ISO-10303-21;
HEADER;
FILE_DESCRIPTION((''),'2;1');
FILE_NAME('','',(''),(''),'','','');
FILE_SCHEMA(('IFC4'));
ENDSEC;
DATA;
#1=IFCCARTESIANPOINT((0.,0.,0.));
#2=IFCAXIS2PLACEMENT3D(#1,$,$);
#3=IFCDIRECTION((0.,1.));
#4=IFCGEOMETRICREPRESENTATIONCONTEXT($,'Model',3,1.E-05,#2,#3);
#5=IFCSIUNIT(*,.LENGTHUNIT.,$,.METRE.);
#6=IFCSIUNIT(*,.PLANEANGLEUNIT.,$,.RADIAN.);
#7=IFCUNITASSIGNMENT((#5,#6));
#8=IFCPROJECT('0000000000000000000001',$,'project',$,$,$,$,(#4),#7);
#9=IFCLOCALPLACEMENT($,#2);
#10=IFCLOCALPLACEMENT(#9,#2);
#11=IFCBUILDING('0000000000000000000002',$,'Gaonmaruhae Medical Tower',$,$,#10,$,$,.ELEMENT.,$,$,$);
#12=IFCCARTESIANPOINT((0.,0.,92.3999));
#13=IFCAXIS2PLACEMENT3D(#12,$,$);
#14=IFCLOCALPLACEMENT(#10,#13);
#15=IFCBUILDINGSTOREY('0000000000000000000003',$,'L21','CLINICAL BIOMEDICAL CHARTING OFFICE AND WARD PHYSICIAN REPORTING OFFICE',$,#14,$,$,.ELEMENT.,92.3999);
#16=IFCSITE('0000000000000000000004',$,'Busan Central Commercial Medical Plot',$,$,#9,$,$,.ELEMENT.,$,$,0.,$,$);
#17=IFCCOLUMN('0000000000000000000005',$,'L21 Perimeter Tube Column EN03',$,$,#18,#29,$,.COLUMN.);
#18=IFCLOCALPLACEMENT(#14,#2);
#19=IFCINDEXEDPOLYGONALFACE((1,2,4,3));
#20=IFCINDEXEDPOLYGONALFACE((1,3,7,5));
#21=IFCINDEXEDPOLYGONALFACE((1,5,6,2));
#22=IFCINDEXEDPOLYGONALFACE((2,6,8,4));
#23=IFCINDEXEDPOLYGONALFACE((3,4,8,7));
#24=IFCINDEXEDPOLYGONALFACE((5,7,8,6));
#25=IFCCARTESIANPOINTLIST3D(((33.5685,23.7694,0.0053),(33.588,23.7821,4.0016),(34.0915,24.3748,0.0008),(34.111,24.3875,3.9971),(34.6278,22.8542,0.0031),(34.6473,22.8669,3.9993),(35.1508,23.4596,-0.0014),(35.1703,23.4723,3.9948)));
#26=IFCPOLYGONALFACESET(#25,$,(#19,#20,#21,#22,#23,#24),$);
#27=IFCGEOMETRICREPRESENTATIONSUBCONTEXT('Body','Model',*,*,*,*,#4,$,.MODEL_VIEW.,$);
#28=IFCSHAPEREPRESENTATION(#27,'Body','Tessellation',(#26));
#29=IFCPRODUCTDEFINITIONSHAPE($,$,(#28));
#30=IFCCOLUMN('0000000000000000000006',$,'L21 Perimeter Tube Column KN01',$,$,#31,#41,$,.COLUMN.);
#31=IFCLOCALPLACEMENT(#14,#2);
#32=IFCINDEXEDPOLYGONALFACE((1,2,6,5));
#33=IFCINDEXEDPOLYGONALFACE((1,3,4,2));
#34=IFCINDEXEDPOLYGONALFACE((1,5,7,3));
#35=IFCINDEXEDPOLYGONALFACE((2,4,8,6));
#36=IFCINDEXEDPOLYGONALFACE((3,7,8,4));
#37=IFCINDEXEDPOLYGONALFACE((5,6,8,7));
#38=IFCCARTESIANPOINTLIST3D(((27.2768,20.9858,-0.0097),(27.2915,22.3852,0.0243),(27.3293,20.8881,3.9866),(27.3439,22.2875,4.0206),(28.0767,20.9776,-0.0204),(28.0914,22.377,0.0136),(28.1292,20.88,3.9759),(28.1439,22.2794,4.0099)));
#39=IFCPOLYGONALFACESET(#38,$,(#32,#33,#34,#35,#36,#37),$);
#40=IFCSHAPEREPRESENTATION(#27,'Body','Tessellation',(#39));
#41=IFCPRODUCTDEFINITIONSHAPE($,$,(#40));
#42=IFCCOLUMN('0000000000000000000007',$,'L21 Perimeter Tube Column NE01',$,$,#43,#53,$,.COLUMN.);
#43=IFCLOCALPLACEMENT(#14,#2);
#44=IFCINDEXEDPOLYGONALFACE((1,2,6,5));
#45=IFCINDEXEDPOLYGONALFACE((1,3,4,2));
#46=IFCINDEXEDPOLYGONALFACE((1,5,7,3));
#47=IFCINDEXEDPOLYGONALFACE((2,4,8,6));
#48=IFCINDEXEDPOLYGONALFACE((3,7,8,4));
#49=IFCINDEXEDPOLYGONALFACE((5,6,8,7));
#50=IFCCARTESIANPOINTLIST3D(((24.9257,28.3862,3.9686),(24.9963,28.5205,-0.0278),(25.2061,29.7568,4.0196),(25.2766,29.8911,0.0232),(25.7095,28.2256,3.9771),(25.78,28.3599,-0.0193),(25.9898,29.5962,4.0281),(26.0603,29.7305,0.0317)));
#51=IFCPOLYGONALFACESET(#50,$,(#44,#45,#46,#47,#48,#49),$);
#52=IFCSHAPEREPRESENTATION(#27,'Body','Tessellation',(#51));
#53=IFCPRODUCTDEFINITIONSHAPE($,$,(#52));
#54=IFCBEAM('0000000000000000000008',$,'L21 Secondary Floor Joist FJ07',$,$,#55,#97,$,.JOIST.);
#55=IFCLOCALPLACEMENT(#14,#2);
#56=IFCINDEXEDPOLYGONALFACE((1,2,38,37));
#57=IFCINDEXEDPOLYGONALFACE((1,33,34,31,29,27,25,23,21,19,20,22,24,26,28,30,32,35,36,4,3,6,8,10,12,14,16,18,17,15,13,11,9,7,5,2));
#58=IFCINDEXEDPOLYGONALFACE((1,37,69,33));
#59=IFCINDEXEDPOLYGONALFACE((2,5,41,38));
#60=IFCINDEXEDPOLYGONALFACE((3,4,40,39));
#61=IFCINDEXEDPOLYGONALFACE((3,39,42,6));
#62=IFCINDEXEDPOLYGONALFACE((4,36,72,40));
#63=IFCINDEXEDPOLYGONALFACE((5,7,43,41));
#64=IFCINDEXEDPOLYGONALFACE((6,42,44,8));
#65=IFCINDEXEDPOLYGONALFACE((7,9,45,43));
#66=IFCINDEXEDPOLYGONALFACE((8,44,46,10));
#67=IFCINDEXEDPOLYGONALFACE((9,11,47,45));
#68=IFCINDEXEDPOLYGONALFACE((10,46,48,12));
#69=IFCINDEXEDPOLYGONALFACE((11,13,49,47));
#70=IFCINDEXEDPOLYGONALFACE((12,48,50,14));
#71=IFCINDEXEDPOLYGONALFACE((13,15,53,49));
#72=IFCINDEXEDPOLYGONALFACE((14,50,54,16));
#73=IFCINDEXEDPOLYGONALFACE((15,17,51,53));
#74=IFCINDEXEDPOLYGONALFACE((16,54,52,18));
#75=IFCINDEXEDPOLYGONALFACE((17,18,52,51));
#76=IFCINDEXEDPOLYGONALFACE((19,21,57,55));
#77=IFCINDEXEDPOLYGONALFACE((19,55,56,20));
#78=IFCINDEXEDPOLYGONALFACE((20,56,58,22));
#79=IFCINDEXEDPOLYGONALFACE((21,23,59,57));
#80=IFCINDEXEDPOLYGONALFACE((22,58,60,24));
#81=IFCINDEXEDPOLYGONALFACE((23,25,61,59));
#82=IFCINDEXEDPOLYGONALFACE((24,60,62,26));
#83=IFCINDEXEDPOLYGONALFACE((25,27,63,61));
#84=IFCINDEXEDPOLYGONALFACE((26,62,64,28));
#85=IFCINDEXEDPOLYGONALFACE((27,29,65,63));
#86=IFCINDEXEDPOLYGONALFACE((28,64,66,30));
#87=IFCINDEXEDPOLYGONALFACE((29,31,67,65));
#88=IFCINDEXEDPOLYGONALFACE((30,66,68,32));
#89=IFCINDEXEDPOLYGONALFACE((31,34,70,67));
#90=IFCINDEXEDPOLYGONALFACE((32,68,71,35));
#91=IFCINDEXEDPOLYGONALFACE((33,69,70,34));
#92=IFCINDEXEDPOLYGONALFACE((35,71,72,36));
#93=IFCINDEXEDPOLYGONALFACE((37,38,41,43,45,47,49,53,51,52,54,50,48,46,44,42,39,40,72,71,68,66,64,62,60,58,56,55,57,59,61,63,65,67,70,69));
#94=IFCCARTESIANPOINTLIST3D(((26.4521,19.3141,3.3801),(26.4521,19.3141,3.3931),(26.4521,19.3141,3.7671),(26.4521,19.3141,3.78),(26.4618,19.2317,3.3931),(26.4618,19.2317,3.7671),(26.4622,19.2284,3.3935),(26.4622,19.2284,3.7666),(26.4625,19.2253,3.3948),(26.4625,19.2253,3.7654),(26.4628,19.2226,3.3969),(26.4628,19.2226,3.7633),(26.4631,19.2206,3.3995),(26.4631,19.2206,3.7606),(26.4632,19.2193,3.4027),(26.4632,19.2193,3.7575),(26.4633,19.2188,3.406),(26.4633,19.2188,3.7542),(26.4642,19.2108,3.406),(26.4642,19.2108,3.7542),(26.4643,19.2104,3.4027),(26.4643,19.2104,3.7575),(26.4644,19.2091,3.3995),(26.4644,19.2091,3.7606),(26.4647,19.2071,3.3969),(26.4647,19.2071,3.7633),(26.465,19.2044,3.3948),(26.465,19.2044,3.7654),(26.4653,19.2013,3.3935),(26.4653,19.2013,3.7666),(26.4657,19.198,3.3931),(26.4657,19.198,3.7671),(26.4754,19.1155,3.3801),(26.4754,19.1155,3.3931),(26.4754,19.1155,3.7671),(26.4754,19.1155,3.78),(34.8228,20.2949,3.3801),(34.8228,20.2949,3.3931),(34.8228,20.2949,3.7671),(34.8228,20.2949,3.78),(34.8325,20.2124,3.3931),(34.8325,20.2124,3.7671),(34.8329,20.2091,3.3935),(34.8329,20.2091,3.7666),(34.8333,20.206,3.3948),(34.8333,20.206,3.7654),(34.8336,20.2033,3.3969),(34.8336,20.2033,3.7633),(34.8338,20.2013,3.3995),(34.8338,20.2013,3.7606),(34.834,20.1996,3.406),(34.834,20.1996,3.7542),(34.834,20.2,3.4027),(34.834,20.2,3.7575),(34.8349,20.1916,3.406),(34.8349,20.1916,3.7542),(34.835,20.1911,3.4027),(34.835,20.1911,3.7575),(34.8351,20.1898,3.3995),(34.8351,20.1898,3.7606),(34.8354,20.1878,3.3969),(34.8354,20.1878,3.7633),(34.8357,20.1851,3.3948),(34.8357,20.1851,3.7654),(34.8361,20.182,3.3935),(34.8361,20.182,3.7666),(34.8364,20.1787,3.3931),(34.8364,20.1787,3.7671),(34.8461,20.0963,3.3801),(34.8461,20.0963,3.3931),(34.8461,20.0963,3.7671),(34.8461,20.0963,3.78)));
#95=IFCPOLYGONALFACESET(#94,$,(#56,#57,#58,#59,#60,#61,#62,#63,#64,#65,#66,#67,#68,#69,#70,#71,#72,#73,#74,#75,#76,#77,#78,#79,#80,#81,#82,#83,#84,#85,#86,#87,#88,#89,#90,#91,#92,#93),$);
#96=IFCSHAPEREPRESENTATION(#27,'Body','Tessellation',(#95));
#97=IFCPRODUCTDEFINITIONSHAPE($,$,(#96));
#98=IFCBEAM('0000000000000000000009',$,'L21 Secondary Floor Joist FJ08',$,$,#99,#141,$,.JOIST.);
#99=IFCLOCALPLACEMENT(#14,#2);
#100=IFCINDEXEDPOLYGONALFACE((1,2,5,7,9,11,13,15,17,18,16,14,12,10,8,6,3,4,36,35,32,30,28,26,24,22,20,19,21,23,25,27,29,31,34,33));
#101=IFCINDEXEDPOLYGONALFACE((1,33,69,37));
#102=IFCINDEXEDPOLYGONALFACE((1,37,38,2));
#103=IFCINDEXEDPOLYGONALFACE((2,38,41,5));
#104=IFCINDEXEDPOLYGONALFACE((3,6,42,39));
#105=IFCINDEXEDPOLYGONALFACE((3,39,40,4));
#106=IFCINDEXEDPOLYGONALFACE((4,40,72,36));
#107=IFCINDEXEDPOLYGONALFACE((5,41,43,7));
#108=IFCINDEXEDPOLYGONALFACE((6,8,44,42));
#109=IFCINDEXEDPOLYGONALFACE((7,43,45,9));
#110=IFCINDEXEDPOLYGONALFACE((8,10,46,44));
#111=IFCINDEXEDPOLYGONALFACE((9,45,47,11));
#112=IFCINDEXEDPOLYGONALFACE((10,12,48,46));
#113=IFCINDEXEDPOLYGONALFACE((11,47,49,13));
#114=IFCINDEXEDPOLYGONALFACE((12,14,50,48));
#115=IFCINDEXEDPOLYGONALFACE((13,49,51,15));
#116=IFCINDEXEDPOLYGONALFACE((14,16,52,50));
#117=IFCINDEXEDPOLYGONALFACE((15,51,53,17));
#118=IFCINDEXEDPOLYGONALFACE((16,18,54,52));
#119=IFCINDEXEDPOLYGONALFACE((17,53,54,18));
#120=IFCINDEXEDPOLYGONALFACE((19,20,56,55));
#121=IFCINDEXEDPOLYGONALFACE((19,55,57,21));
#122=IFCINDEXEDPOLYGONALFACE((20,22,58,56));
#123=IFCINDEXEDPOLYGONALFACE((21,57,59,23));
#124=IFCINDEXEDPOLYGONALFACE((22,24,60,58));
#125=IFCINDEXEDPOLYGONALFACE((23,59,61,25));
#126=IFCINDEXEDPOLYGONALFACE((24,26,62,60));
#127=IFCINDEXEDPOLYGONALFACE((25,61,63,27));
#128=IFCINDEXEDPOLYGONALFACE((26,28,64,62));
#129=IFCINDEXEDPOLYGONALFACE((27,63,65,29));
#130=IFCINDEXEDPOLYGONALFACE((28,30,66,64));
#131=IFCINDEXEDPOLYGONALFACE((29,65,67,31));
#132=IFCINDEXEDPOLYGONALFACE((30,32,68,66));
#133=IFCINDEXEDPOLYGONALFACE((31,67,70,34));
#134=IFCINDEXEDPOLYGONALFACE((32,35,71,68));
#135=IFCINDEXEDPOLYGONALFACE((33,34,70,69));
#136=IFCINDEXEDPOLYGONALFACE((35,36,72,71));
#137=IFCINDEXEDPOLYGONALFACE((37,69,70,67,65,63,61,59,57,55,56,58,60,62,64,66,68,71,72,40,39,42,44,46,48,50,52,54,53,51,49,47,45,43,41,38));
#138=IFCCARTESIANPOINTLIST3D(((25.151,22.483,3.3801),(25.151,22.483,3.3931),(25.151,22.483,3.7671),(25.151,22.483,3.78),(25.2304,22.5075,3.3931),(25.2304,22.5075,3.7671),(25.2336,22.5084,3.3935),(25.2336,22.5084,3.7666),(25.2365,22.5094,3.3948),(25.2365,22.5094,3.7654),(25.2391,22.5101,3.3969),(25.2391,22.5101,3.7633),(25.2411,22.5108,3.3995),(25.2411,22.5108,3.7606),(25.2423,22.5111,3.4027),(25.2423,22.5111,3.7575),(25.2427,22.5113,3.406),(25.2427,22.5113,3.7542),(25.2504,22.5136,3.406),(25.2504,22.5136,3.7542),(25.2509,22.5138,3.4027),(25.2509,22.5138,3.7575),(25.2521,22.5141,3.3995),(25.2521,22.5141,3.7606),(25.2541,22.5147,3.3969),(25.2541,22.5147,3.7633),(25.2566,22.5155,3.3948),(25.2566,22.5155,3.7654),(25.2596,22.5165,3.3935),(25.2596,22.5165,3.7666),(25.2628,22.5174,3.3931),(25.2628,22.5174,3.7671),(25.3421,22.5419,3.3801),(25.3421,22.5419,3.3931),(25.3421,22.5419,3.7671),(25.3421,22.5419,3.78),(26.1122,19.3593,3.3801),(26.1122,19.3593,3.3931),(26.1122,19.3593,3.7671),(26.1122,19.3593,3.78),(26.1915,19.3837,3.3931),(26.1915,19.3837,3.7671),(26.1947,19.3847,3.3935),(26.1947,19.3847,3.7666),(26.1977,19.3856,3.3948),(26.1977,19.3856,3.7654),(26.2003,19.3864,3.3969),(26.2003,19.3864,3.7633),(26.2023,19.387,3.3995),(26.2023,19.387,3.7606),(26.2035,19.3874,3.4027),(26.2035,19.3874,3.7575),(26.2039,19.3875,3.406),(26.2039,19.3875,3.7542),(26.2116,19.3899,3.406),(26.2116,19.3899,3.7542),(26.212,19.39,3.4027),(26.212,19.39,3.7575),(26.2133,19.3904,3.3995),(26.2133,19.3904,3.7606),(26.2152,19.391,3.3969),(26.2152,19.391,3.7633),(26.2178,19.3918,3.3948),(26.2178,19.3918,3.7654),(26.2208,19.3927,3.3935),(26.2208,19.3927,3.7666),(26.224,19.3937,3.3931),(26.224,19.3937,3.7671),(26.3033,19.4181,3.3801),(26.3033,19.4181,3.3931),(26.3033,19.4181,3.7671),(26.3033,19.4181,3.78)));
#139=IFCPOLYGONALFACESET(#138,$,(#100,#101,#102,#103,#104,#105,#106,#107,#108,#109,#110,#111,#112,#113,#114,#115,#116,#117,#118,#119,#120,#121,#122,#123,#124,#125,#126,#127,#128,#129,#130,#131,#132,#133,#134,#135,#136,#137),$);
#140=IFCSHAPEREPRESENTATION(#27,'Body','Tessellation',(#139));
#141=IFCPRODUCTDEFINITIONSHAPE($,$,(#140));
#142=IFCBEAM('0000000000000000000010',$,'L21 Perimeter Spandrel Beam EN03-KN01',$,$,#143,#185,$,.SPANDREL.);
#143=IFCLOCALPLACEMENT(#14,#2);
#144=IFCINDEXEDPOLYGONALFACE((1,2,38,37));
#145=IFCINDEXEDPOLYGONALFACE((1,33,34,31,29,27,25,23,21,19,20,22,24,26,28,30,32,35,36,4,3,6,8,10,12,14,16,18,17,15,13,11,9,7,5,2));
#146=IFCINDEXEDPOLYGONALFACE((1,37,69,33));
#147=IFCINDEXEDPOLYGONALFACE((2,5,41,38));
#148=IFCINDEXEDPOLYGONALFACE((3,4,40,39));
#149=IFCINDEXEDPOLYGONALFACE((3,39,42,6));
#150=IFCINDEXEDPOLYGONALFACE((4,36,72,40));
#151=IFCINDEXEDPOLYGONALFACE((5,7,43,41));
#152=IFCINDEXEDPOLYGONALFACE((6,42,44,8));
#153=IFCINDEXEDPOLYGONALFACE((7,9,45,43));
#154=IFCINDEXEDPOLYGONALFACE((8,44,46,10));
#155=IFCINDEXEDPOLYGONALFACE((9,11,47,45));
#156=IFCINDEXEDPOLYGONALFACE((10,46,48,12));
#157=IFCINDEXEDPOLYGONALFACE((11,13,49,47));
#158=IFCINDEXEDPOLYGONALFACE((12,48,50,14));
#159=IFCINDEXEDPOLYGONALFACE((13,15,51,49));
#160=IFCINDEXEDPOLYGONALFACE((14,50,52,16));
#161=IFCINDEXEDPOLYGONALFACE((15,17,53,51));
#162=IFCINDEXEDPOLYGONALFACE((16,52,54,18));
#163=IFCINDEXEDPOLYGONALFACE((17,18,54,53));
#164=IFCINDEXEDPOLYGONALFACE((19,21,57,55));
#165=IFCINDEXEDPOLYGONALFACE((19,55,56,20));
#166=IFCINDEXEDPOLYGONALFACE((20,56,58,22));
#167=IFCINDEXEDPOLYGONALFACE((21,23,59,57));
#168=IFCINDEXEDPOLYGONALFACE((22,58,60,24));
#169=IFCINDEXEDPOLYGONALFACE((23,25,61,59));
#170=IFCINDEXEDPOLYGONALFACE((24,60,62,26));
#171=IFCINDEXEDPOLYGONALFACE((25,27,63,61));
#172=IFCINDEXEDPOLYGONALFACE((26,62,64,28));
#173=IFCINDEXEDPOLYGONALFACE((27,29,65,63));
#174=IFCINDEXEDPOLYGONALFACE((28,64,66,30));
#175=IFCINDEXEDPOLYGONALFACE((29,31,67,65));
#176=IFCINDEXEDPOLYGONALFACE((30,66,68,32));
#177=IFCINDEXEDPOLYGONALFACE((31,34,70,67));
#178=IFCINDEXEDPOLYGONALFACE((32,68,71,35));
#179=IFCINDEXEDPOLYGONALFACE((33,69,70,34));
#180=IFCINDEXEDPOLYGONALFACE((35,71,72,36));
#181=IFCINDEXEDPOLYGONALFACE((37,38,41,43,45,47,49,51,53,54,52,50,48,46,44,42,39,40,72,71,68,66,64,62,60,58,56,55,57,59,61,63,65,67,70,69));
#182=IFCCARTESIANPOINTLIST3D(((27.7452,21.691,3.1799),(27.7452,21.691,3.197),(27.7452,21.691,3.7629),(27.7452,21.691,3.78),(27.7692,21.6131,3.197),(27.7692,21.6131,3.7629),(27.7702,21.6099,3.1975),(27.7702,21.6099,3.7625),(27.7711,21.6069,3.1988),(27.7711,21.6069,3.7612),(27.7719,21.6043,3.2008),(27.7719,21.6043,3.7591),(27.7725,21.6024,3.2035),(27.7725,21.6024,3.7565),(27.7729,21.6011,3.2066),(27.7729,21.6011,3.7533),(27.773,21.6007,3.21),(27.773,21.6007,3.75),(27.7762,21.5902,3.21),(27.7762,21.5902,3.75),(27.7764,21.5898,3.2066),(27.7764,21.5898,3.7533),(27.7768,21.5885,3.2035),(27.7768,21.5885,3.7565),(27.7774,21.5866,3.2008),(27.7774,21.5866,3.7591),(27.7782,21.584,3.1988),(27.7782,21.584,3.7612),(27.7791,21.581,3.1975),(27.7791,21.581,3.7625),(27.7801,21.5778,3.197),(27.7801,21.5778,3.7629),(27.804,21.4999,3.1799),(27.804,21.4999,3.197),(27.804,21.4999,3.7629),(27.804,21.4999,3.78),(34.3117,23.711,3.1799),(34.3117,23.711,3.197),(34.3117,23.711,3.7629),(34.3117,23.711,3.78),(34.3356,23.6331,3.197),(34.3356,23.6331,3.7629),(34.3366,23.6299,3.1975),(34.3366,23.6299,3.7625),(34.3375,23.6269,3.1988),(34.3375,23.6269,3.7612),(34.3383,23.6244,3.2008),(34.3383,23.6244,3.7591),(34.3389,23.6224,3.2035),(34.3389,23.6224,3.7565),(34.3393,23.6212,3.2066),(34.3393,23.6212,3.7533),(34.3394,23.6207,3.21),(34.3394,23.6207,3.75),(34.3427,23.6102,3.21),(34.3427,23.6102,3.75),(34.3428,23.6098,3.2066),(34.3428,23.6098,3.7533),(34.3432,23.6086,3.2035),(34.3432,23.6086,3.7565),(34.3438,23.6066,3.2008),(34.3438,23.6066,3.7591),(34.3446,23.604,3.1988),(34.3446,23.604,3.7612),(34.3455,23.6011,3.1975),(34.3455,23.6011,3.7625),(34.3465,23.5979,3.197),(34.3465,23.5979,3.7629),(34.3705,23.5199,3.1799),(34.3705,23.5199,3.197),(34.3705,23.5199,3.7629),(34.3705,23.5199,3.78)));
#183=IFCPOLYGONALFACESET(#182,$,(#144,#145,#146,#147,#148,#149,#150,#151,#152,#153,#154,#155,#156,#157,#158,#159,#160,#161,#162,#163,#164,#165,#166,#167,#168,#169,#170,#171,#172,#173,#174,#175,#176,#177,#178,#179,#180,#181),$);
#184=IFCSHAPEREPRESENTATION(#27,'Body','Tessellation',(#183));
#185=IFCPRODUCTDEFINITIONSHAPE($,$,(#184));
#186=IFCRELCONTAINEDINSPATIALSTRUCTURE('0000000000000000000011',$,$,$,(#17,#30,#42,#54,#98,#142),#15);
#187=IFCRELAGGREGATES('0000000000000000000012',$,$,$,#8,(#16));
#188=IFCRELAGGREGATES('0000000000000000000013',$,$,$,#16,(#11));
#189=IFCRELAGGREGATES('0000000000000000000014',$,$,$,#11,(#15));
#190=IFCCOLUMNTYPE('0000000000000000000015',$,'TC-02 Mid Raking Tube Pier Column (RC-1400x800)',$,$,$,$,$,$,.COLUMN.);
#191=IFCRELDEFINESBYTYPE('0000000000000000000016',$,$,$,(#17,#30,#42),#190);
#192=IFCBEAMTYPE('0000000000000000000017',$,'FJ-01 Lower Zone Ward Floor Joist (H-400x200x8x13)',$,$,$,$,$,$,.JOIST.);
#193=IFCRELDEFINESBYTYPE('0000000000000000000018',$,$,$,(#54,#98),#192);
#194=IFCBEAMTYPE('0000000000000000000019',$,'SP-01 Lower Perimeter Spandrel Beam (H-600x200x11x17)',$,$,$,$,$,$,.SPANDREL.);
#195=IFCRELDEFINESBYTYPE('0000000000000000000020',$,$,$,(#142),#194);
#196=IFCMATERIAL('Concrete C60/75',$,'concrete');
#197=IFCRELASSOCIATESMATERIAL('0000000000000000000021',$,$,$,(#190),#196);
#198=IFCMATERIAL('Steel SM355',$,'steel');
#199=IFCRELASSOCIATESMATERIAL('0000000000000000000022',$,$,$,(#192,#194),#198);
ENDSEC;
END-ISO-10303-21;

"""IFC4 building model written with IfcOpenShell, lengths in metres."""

from ifc_helpers import new_model, si_unit, direction, frame, origin, origin_2d, place, context, subcontext, project, spatial, rectangle, i_section, extrude, material, material_profile, profile_set, type_object, element, save


model = new_model("IFC4")

# Units and contexts
model_context = context("Model", 3, precision=1e-05, world=origin(), true_north=direction((0.0, 1.0)))
body_context = subcontext(model_context, "Body", "Model", "MODEL_VIEW")
ifc_project = project(units=[si_unit("LENGTHUNIT", "METRE"), si_unit("PLANEANGLEUNIT", "RADIAN")], contexts=[model_context])

# Site, building, storey
site_placement = place(None, origin())
site = spatial("IfcSite", under=ifc_project, at=site_placement, Name="Busan Central Commercial Medical Plot", CompositionType="ELEMENT", RefElevation=0.0)
building_placement = place(site_placement, origin())
building = spatial("IfcBuilding", under=site, at=building_placement, Name="Gaonmaruhae Medical Tower", CompositionType="ELEMENT")
storey_placement = place(building_placement, frame((0.0, 0.0, 92.3999)))
storey = spatial("IfcBuildingStorey", under=building, at=storey_placement, Name="L21", Description="CLINICAL BIOMEDICAL CHARTING OFFICE AND WARD PHYSICIAN REPORTING OFFICE", CompositionType="ELEMENT", Elevation=92.3999)

# Columns
ifc_material_1 = material(Name="Concrete C60/75", Category="concrete")
ifc_material_profile_1 = material_profile(ifc_material_1, rectangle(XDim=1.3999, YDim=0.8, at=origin_2d()), Name="RC-1400x800")
ifc_profile_set_1 = profile_set([ifc_material_profile_1], Name="Concrete C60/75")
column_type = type_object("IfcColumnType", Name="TC-02 Mid Raking Tube Pier Column (RC-1400x800)", PredefinedType="COLUMN", material=ifc_profile_set_1)
column_1_placement = place(storey_placement, frame((34.3596, 23.6145, 0.002), z_axis=(0.004887, 0.003177, 0.999983), x_axis=(-0.756693, 0.653768, 0.001621)))
element("IfcColumn", 1, at=column_1_placement, inside=storey, type_object=column_type, Name="L21 Perimeter Tube Column EN03", PredefinedType="COLUMN", context=body_context, shape_type="SweptSolid", body=[
    extrude(rectangle(XDim=1.3999, YDim=0.8, at=origin_2d()), origin(), (0.0, 0.0, 1.0), 3.9963),
])
column_2_placement = place(storey_placement, frame((27.6841, 21.6814, 0.002), z_axis=(0.01313, -0.024427, 0.999615), x_axis=(0.010491, 0.99965, 0.02429)))
element("IfcColumn", 2, at=column_2_placement, inside=storey, type_object=column_type, Name="L21 Perimeter Tube Column KN01", PredefinedType="COLUMN", context=body_context, shape_type="SweptSolid", body=[
    extrude(rectangle(XDim=1.3999, YDim=0.8, at=origin_2d()), origin(), (0.0, 0.0, 1.0), 3.9978),
])
column_3_placement = place(storey_placement, frame((25.5283, 29.1255, 0.002), z_axis=(-0.017643, -0.033576, 0.99928), x_axis=(0.200242, 0.979069, 0.036432)))
element("IfcColumn", 3, at=column_3_placement, inside=storey, type_object=column_type, Name="L21 Perimeter Tube Column NE01", PredefinedType="COLUMN", context=body_context, shape_type="SweptSolid", body=[
    extrude(rectangle(XDim=1.3999, YDim=0.8, at=origin_2d()), origin(), (0.0, 0.0, 1.0), 3.9993),
])

# Beams
ifc_material_2 = material(Name="Steel SM355", Category="steel")
ifc_material_profile_2 = material_profile(ifc_material_2, i_section(OverallWidth=0.2, OverallDepth=0.3999, WebThickness=0.0081, FlangeThickness=0.0129, FilletRadius=0.0129, at=origin_2d()), Name="H-400x200x8x13")
ifc_profile_set_2 = profile_set([ifc_material_profile_2], Name="Steel SM355")
beam_type_1 = type_object("IfcBeamType", Name="FJ-01 Lower Zone Ward Floor Joist (H-400x200x8x13)", PredefinedType="JOIST", material=ifc_profile_set_2)
beam_1_placement = place(storey_placement, frame((34.8345, 20.1956, 3.5801), z_axis=(-0.993206, -0.116366, 0.0), x_axis=(0.116366, -0.993206, 0.0)))
element("IfcBeam", 4, at=beam_1_placement, inside=storey, type_object=beam_type_1, Name="L21 Secondary Floor Joist FJ07", PredefinedType="JOIST", context=body_context, shape_type="SweptSolid", body=[
    extrude(i_section(OverallWidth=0.2, OverallDepth=0.3999, WebThickness=0.0081, FlangeThickness=0.0129, FilletRadius=0.0129, at=origin_2d()), origin(), (0.0, 0.0, 1.0), 8.428),
])
beam_2_placement = place(storey_placement, frame((26.2078, 19.3887, 3.5801), z_axis=(-0.294091, 0.955777, 0.0), x_axis=(-0.955777, -0.294091, 0.0)))
element("IfcBeam", 5, at=beam_2_placement, inside=storey, type_object=beam_type_1, Name="L21 Secondary Floor Joist FJ08", PredefinedType="JOIST", context=body_context, shape_type="SweptSolid", body=[
    extrude(i_section(OverallWidth=0.2, OverallDepth=0.3999, WebThickness=0.0081, FlangeThickness=0.0129, FilletRadius=0.0129, at=origin_2d()), origin(), (0.0, 0.0, 1.0), 3.2683),
])
ifc_material_profile_3 = material_profile(ifc_material_2, i_section(OverallWidth=0.2, OverallDepth=0.6001, WebThickness=0.011, FlangeThickness=0.0171, FilletRadius=0.0129, at=origin_2d()), Name="H-600x200x11x17")
ifc_profile_set_3 = profile_set([ifc_material_profile_3], Name="Steel SM355")
beam_type_2 = type_object("IfcBeamType", Name="SP-01 Lower Perimeter Spandrel Beam (H-600x200x11x17)", PredefinedType="SPANDREL", material=ifc_profile_set_3)
beam_3_placement = place(storey_placement, frame((34.3411, 23.6155, 3.48), z_axis=(-0.955796, -0.294031, 0.0), x_axis=(0.294031, -0.955796, 0.0)))
element("IfcBeam", 6, at=beam_3_placement, inside=storey, type_object=beam_type_2, Name="L21 Perimeter Spandrel Beam EN03-KN01", PredefinedType="SPANDREL", context=body_context, shape_type="SweptSolid", body=[
    extrude(i_section(OverallWidth=0.2, OverallDepth=0.6001, WebThickness=0.011, FlangeThickness=0.0171, FilletRadius=0.0129, at=origin_2d()), origin(), (0.0, 0.0, 1.0), 6.8701),
])

save(model, "model.ifc")
